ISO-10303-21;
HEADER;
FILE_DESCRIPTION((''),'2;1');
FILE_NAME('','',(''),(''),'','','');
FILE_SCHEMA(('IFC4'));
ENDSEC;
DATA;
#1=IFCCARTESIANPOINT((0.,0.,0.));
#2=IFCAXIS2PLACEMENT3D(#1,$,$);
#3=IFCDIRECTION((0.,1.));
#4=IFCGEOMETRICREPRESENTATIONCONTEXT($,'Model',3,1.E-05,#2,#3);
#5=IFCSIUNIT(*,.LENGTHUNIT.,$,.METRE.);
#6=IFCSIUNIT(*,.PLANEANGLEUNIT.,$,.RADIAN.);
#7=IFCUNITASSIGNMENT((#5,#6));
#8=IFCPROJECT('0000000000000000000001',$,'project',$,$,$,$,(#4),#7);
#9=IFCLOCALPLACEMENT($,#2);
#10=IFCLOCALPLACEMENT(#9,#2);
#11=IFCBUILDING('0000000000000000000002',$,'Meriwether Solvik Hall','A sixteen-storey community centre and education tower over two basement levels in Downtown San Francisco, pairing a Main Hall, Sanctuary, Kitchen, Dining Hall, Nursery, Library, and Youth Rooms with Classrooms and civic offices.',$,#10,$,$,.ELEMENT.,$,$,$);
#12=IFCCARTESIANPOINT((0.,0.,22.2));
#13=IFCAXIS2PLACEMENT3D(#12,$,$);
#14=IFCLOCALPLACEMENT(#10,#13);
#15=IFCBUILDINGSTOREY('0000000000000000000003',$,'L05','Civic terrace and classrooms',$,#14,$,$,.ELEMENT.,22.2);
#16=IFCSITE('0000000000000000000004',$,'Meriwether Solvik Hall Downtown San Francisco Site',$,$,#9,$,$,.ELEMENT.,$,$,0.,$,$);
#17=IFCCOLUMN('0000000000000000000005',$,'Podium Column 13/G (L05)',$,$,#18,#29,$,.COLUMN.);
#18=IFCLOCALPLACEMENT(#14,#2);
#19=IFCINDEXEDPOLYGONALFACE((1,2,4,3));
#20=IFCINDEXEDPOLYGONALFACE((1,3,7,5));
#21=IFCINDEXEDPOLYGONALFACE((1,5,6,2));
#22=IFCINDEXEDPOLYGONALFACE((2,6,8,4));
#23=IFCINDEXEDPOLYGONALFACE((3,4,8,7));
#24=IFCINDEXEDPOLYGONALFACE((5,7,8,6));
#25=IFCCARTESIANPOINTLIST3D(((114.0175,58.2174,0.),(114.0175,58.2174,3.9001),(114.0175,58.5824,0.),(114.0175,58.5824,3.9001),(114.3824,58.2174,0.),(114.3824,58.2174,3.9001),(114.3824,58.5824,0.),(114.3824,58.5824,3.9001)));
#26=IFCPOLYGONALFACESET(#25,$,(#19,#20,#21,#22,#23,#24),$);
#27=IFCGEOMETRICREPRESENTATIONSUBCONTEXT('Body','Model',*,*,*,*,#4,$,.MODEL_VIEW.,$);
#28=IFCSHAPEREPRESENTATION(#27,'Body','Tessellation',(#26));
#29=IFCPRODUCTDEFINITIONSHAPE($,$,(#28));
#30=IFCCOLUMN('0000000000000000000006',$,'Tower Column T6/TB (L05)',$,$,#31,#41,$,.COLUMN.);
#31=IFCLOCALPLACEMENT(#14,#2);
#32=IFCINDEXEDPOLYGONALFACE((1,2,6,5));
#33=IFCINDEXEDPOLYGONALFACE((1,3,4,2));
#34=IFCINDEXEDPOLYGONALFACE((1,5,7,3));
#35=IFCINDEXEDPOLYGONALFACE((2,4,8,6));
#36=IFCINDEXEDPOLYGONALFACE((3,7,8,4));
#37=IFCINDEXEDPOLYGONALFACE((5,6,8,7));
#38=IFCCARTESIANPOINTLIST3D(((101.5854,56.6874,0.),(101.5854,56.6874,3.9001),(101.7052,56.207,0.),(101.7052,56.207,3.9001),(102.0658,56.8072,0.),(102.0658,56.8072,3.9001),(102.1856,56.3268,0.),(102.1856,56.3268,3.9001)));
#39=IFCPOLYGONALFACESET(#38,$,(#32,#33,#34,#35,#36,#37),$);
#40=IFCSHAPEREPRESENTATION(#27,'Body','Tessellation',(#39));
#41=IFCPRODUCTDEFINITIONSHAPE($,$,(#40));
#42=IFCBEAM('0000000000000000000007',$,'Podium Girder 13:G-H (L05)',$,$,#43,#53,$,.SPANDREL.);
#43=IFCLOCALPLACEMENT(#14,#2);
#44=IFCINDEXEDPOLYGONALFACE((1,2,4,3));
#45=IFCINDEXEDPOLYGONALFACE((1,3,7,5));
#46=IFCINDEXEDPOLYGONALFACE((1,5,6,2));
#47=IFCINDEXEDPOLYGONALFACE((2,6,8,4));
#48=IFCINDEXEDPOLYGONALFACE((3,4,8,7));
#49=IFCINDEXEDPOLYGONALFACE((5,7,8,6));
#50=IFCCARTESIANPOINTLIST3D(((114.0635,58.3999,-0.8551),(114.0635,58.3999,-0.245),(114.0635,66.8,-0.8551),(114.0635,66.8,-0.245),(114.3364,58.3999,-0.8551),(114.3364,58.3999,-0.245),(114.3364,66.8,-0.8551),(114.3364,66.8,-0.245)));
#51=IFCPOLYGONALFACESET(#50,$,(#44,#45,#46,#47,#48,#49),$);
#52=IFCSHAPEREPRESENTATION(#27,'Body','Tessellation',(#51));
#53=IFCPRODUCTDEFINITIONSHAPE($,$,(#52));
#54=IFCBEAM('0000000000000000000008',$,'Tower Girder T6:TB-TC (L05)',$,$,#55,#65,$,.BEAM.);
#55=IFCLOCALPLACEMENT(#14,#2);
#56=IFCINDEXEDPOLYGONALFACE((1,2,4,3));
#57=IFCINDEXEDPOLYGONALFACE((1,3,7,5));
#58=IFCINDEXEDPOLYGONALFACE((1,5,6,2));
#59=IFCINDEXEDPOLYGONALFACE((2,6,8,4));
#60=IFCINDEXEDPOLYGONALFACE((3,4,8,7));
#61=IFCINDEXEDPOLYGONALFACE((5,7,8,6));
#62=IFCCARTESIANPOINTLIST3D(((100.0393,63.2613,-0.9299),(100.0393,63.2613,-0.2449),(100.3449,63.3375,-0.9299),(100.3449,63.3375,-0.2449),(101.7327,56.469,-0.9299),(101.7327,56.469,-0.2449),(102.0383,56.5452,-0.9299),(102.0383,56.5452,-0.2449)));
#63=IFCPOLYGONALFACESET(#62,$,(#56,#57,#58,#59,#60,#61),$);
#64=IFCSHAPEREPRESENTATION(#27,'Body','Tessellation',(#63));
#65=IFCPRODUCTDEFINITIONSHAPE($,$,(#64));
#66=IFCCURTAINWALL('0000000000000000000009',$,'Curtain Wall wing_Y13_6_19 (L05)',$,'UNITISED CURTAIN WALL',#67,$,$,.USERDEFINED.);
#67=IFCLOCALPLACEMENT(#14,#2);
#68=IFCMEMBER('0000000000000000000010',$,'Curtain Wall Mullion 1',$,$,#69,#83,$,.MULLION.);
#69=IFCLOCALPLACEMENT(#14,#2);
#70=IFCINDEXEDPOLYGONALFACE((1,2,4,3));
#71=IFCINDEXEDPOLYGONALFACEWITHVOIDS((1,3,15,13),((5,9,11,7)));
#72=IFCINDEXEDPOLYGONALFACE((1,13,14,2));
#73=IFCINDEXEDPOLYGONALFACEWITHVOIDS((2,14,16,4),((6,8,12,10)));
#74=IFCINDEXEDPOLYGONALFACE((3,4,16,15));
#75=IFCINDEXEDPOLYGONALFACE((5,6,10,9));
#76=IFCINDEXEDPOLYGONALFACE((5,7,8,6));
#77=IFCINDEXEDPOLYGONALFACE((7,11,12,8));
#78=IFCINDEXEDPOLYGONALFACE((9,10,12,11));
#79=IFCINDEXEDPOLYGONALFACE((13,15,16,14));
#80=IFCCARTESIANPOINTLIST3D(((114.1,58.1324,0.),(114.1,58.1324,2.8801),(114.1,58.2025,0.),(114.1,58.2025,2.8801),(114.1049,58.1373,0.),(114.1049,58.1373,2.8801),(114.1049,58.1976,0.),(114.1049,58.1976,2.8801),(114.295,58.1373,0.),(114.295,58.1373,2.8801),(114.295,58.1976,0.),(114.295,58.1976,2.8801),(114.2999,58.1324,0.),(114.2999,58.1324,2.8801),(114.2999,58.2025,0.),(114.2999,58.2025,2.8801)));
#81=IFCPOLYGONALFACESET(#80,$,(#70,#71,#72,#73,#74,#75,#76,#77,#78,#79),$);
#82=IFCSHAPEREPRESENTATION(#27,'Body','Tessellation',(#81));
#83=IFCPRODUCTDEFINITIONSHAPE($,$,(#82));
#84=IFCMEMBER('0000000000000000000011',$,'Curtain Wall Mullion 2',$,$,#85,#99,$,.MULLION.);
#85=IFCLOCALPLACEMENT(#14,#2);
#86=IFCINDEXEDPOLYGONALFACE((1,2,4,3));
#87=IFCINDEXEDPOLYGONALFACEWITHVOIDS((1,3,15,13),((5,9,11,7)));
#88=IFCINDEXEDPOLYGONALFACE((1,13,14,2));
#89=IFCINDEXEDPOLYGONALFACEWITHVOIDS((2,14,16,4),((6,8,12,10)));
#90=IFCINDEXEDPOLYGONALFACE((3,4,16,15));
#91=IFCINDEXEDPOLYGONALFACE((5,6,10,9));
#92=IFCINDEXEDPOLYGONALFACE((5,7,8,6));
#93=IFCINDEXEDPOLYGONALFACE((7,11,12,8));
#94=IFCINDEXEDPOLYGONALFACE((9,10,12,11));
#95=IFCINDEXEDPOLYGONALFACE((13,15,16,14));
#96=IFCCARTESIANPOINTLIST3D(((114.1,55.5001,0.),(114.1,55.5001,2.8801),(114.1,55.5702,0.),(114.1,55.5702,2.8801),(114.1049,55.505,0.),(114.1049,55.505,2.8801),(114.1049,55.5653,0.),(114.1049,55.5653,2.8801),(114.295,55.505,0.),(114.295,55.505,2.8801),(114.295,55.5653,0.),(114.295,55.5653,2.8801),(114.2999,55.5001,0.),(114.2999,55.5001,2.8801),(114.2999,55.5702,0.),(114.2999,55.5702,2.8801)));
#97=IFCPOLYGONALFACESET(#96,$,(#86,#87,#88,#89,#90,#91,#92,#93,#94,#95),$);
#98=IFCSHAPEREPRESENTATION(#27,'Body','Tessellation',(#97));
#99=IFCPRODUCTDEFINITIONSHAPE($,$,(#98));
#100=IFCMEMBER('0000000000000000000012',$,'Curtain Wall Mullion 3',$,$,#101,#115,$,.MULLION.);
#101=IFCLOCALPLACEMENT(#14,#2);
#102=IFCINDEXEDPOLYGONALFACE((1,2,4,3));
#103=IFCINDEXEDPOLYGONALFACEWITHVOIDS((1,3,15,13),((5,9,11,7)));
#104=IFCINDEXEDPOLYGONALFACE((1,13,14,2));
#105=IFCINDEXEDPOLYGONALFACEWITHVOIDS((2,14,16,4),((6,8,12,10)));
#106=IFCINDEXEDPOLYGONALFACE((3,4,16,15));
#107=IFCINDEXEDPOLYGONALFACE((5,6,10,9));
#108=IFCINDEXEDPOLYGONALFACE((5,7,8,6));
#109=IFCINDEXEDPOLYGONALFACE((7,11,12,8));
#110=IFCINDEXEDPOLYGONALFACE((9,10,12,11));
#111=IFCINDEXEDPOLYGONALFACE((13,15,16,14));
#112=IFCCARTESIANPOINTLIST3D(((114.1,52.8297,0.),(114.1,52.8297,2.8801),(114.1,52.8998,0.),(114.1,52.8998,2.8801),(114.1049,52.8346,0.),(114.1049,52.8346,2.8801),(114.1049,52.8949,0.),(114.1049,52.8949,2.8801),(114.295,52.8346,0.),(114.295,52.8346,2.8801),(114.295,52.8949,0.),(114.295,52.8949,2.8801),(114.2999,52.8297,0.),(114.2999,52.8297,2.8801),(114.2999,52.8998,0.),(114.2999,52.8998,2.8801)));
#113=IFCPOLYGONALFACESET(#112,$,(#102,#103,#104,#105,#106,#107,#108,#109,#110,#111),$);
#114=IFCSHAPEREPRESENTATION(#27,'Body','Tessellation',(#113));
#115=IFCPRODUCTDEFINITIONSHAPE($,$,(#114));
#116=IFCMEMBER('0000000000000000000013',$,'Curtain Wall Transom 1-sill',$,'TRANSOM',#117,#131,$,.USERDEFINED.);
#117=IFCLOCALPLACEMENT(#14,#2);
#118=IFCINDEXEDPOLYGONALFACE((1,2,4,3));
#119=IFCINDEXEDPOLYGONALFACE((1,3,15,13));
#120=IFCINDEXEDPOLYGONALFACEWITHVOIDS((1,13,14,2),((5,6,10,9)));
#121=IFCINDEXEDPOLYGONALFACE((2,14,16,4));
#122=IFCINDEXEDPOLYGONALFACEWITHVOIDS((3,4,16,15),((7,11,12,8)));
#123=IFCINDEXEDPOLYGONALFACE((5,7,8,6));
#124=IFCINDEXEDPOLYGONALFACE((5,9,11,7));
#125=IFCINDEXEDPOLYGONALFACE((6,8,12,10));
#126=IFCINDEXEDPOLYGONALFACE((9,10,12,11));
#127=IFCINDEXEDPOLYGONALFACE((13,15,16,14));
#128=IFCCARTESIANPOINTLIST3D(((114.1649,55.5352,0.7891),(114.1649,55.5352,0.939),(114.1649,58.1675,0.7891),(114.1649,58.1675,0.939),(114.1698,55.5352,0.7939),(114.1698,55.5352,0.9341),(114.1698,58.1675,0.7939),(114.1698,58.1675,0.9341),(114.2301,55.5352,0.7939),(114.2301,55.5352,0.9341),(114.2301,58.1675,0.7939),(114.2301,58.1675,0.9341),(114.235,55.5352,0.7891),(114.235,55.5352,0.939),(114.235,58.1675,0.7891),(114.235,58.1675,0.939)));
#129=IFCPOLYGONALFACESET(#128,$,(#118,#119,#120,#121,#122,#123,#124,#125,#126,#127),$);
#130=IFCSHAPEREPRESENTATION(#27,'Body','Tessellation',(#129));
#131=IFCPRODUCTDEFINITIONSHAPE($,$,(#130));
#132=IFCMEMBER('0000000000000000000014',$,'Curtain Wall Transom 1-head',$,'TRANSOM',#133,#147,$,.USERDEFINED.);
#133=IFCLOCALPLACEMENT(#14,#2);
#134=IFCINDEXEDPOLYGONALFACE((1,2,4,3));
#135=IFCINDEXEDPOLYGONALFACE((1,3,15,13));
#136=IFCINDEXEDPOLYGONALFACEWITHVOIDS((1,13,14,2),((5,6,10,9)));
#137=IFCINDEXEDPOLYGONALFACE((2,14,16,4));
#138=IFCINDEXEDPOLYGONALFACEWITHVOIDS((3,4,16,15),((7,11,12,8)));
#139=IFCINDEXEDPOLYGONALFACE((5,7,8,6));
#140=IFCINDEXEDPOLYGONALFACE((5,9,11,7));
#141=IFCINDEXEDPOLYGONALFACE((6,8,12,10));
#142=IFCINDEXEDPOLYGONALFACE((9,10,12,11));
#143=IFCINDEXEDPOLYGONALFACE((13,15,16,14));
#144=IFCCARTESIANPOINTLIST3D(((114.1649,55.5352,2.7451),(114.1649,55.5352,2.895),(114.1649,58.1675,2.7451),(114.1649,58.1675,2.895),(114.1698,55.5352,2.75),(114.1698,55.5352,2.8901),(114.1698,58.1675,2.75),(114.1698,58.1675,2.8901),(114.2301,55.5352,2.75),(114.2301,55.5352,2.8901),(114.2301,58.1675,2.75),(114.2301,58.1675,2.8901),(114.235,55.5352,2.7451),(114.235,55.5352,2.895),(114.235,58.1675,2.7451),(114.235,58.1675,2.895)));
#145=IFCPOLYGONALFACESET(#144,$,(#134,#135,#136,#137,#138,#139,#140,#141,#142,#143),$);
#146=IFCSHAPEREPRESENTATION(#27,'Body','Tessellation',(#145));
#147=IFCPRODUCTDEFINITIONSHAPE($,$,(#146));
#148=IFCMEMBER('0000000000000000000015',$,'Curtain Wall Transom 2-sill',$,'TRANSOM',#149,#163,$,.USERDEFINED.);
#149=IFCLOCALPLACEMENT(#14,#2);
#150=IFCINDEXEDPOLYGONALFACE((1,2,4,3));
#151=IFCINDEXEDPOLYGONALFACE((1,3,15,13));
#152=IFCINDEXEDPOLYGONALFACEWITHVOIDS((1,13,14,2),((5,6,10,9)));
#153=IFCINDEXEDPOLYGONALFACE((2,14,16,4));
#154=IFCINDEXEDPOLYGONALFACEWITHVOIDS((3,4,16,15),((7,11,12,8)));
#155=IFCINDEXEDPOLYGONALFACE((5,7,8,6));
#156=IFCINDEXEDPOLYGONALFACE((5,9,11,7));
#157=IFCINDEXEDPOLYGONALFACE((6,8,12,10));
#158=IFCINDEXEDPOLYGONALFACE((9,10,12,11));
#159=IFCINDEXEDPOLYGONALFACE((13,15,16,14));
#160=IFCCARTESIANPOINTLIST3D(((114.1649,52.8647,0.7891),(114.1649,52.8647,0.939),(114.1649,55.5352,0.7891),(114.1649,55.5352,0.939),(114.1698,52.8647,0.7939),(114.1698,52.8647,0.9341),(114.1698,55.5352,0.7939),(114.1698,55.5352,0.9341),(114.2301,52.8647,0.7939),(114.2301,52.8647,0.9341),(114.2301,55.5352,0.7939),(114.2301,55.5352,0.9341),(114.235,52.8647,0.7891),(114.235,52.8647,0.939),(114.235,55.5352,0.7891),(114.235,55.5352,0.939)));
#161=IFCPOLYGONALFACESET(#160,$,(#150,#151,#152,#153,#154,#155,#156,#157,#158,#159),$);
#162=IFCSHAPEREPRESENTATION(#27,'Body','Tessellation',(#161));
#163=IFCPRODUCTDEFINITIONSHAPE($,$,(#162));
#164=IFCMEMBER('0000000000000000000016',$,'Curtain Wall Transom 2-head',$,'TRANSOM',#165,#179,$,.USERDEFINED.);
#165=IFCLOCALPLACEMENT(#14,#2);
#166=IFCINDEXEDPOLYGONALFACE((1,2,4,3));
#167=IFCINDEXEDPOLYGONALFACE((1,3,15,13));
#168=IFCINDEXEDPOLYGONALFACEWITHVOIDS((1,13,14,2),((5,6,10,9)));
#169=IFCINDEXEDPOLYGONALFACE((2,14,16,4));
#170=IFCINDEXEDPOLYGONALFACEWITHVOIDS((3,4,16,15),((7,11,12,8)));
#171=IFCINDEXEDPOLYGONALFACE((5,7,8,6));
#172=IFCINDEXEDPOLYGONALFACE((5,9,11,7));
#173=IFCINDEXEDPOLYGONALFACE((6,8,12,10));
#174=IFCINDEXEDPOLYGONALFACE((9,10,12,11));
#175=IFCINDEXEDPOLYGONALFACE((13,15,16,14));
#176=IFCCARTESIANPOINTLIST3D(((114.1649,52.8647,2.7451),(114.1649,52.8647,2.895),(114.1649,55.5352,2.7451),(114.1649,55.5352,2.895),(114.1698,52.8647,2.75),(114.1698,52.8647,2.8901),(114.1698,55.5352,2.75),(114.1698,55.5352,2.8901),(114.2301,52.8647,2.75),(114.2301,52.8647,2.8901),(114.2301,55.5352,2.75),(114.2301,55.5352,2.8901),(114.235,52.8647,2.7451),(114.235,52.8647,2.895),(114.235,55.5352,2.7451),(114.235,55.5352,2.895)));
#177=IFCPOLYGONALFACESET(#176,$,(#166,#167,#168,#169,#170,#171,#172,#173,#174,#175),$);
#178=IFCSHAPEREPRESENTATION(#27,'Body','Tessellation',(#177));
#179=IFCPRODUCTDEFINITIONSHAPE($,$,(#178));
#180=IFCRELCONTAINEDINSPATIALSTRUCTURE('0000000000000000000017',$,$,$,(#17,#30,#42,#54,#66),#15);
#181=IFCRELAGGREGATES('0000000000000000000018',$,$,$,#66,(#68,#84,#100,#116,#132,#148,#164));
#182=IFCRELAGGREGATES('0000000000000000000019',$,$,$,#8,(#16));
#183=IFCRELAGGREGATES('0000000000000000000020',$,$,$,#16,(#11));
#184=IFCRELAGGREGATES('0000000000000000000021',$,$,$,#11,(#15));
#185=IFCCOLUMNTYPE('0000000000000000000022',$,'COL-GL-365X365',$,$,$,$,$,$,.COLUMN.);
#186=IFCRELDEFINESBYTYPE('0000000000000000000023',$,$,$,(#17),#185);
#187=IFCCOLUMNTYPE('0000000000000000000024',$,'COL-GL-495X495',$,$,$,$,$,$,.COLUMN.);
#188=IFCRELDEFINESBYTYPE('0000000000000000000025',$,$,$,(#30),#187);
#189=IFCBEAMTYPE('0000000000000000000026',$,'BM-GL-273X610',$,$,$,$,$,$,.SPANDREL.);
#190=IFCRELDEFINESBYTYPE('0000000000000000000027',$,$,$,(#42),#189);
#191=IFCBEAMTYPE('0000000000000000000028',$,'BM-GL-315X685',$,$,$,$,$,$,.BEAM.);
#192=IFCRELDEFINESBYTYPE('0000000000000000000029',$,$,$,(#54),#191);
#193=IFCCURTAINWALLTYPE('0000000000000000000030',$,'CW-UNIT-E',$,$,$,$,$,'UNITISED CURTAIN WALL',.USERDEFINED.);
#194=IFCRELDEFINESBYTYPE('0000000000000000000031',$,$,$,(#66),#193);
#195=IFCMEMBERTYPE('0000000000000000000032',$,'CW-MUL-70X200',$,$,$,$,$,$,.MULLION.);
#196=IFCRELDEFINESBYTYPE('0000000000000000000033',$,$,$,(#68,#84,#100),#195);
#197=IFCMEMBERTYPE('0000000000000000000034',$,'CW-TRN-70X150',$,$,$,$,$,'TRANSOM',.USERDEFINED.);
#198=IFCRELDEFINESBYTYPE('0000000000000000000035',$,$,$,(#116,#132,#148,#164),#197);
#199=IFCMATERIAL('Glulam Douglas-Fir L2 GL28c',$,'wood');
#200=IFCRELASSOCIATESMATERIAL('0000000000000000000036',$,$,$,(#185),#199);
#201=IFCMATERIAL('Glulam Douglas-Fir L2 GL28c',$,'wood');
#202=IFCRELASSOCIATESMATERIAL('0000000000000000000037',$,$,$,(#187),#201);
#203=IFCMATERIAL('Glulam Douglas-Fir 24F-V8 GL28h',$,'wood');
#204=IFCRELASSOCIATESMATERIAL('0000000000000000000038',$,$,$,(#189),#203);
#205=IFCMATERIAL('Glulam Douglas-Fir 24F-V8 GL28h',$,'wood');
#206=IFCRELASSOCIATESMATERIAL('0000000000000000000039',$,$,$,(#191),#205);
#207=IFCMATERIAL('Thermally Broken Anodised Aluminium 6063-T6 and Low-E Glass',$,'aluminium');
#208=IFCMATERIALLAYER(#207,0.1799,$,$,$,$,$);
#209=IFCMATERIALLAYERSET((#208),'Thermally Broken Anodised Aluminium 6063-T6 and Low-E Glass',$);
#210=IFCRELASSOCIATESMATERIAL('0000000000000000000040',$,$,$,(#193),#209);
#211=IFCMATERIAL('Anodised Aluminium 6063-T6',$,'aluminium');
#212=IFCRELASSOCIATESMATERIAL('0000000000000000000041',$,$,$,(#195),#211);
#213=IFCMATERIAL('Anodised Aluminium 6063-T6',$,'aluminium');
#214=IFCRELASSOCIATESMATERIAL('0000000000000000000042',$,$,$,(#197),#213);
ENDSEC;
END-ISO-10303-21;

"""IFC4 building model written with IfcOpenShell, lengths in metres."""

from ifc_helpers import new_model, si_unit, direction, frame, origin, origin_2d, place, context, subcontext, project, spatial, rectangle, hollow_rectangle, extrude, material, layer, layer_set, material_profile, profile_set, type_object, element, aggregate, save


model = new_model("IFC4")

# Units and contexts
model_context = context("Model", 3, precision=1e-05, world=origin(), true_north=direction((0.0, 1.0)))
body_context = subcontext(model_context, "Body", "Model", "MODEL_VIEW")
ifc_project = project(units=[si_unit("LENGTHUNIT", "METRE"), si_unit("PLANEANGLEUNIT", "RADIAN")], contexts=[model_context])

# Site, building, storey
site_placement = place(None, origin())
site = spatial("IfcSite", under=ifc_project, at=site_placement, Name="Meriwether Solvik Hall Downtown San Francisco Site", CompositionType="ELEMENT", RefElevation=0.0)
building_placement = place(site_placement, origin())
building = spatial("IfcBuilding", under=site, at=building_placement, Name="Meriwether Solvik Hall", Description="A sixteen-storey community centre and education tower over two basement levels in Downtown San Francisco, pairing a Main Hall, Sanctuary, Kitchen, Dining Hall, Nursery, Library, and Youth Rooms with Classrooms and civic offices.", CompositionType="ELEMENT")
storey_placement = place(building_placement, frame((0.0, 0.0, 22.2)))
storey = spatial("IfcBuildingStorey", under=building, at=storey_placement, Name="L05", Description="Civic terrace and classrooms", CompositionType="ELEMENT", Elevation=22.2)

# Columns
ifc_material_1 = material(Name="Glulam Douglas-Fir L2 GL28c", Category="wood")
ifc_material_profile_1 = material_profile(ifc_material_1, rectangle(XDim=0.365, YDim=0.365, at=origin_2d()), Name="GLC-365X365")
ifc_profile_set_1 = profile_set([ifc_material_profile_1], Name="Glulam Douglas-Fir L2 GL28c")
column_type_1 = type_object("IfcColumnType", Name="COL-GL-365X365", PredefinedType="COLUMN", material=ifc_profile_set_1)
column_1_placement = place(storey_placement, frame((114.2, 58.3999, 0.0), z_axis=(0.0, 0.0, 1.0), x_axis=(1.0, 0.0, 0.0)))
element("IfcColumn", 1, at=column_1_placement, inside=storey, type_object=column_type_1, Name="Podium Column 13/G (L05)", PredefinedType="COLUMN", context=body_context, shape_type="SweptSolid", body=[
    extrude(rectangle(XDim=0.365, YDim=0.365, at=origin_2d()), origin(), (0.0, 0.0, 1.0), 3.9001),
])
ifc_material_2 = material(Name="Glulam Douglas-Fir L2 GL28c", Category="wood")
ifc_material_profile_2 = material_profile(ifc_material_2, rectangle(XDim=0.4951, YDim=0.4951, at=origin_2d()), Name="GLC-495X495")
ifc_profile_set_2 = profile_set([ifc_material_profile_2], Name="Glulam Douglas-Fir L2 GL28c")
column_type_2 = type_object("IfcColumnType", Name="COL-GL-495X495", PredefinedType="COLUMN", material=ifc_profile_set_2)
column_2_placement = place(storey_placement, frame((101.8855, 56.5071, 0.0), z_axis=(0.0, 0.0, 1.0), x_axis=(0.970296, 0.241922, 0.0)))
element("IfcColumn", 2, at=column_2_placement, inside=storey, type_object=column_type_2, Name="Tower Column T6/TB (L05)", PredefinedType="COLUMN", context=body_context, shape_type="SweptSolid", body=[
    extrude(rectangle(XDim=0.4951, YDim=0.4951, at=origin_2d()), origin(), (0.0, 0.0, 1.0), 3.9001),
])

# Beams
ifc_material_3 = material(Name="Glulam Douglas-Fir 24F-V8 GL28h", Category="wood")
ifc_material_profile_3 = material_profile(ifc_material_3, rectangle(XDim=0.2729, YDim=0.6101, at=origin_2d()), Name="GLB-273X610")
ifc_profile_set_3 = profile_set([ifc_material_profile_3], Name="Glulam Douglas-Fir 24F-V8 GL28h")
beam_type_1 = type_object("IfcBeamType", Name="BM-GL-273X610", PredefinedType="SPANDREL", material=ifc_profile_set_3)
beam_1_placement = place(storey_placement, frame((114.2, 58.3999, -0.55), z_axis=(0.0, 1.0, 0.0), x_axis=(-1.0, 0.0, 0.0)))
element("IfcBeam", 3, at=beam_1_placement, inside=storey, type_object=beam_type_1, Name="Podium Girder 13:G-H (L05)", PredefinedType="SPANDREL", context=body_context, shape_type="SweptSolid", body=[
    extrude(rectangle(XDim=0.2729, YDim=0.6101, at=origin_2d()), origin(), (0.0, 0.0, 1.0), 8.4001),
])
ifc_material_4 = material(Name="Glulam Douglas-Fir 24F-V8 GL28h", Category="wood")
ifc_material_profile_4 = material_profile(ifc_material_4, rectangle(XDim=0.3149, YDim=0.6851, at=origin_2d()), Name="GLB-315X685")
ifc_profile_set_4 = profile_set([ifc_material_profile_4], Name="Glulam Douglas-Fir 24F-V8 GL28h")
beam_type_2 = type_object("IfcBeamType", Name="BM-GL-315X685", PredefinedType="BEAM", material=ifc_profile_set_4)
beam_2_placement = place(storey_placement, frame((101.8855, 56.5071, -0.5874), z_axis=(-0.241904, 0.9703, 0.0), x_axis=(-0.9703, -0.241904, 0.0)))
element("IfcBeam", 4, at=beam_2_placement, inside=storey, type_object=beam_type_2, Name="Tower Girder T6:TB-TC (L05)", PredefinedType="BEAM", context=body_context, shape_type="SweptSolid", body=[
    extrude(rectangle(XDim=0.3149, YDim=0.6851, at=origin_2d()), origin(), (0.0, 0.0, 1.0), 7.0002),
])

# Curtain wall, members
ifc_material_5 = material(Name="Thermally Broken Anodised Aluminium 6063-T6 and Low-E Glass", Category="aluminium")
ifc_layer_1 = layer(ifc_material_5, 0.1799)
ifc_layer_set_1 = layer_set([ifc_layer_1], Name="Thermally Broken Anodised Aluminium 6063-T6 and Low-E Glass")
curtain_wall_type = type_object("IfcCurtainWallType", Name="CW-UNIT-E", ElementType="UNITISED CURTAIN WALL", PredefinedType="USERDEFINED", material=ifc_layer_set_1)
curtain_wall_placement = place(storey_placement, origin())
curtain_wall = element("IfcCurtainWall", 5, at=curtain_wall_placement, inside=storey, type_object=curtain_wall_type, Name="Curtain Wall wing_Y13_6_19 (L05)", ObjectType="UNITISED CURTAIN WALL", PredefinedType="USERDEFINED")
ifc_material_6 = material(Name="Anodised Aluminium 6063-T6", Category="aluminium")
ifc_material_profile_5 = material_profile(ifc_material_6, hollow_rectangle(XDim=0.0701, YDim=0.2, WallThickness=0.0049, at=origin_2d()), Name="CWM-70X200")
ifc_profile_set_5 = profile_set([ifc_material_profile_5], Name="Anodised Aluminium 6063-T6")
member_type_1 = type_object("IfcMemberType", Name="CW-MUL-70X200", PredefinedType="MULLION", material=ifc_profile_set_5)
member_1_placement = place(storey_placement, frame((114.2, 58.1675, 0.0), z_axis=(0.0, 0.0, 1.0), x_axis=(0.0, -1.0, 0.0)))
member_1 = element("IfcMember", 6, at=member_1_placement, type_object=member_type_1, Name="Curtain Wall Mullion 1", PredefinedType="MULLION", context=body_context, shape_type="SweptSolid", body=[
    extrude(hollow_rectangle(XDim=0.0701, YDim=0.2, WallThickness=0.0049, at=origin_2d()), origin(), (0.0, 0.0, 1.0), 2.8801),
])
member_2_placement = place(storey_placement, frame((114.2, 55.5352, 0.0), z_axis=(0.0, 0.0, 1.0), x_axis=(0.0, -1.0, 0.0)))
member_2 = element("IfcMember", 7, at=member_2_placement, type_object=member_type_1, Name="Curtain Wall Mullion 2", PredefinedType="MULLION", context=body_context, shape_type="SweptSolid", body=[
    extrude(hollow_rectangle(XDim=0.0701, YDim=0.2, WallThickness=0.0049, at=origin_2d()), origin(), (0.0, 0.0, 1.0), 2.8801),
])
member_3_placement = place(storey_placement, frame((114.2, 52.8647, 0.0), z_axis=(0.0, 0.0, 1.0), x_axis=(0.0, -1.0, 0.0)))
member_3 = element("IfcMember", 8, at=member_3_placement, type_object=member_type_1, Name="Curtain Wall Mullion 3", PredefinedType="MULLION", context=body_context, shape_type="SweptSolid", body=[
    extrude(hollow_rectangle(XDim=0.0701, YDim=0.2, WallThickness=0.0049, at=origin_2d()), origin(), (0.0, 0.0, 1.0), 2.8801),
])
ifc_material_7 = material(Name="Anodised Aluminium 6063-T6", Category="aluminium")
ifc_material_profile_6 = material_profile(ifc_material_7, hollow_rectangle(XDim=0.0701, YDim=0.1499, WallThickness=0.0049, at=origin_2d()), Name="CWT-70X150")
ifc_profile_set_6 = profile_set([ifc_material_profile_6], Name="Anodised Aluminium 6063-T6")
member_type_2 = type_object("IfcMemberType", Name="CW-TRN-70X150", ElementType="TRANSOM", PredefinedType="USERDEFINED", material=ifc_profile_set_6)
member_4_placement = place(storey_placement, frame((114.2, 58.1675, 0.864), z_axis=(0.0, -1.0, 0.0), x_axis=(1.0, 0.0, 0.0)))
member_4 = element("IfcMember", 9, at=member_4_placement, type_object=member_type_2, Name="Curtain Wall Transom 1-sill", ObjectType="TRANSOM", PredefinedType="USERDEFINED", context=body_context, shape_type="SweptSolid", body=[
    extrude(hollow_rectangle(XDim=0.0701, YDim=0.1499, WallThickness=0.0049, at=origin_2d()), origin(), (0.0, 0.0, 1.0), 2.6323),
])
member_5_placement = place(storey_placement, frame((114.2, 58.1675, 2.8201), z_axis=(0.0, -1.0, 0.0), x_axis=(1.0, 0.0, 0.0)))
member_5 = element("IfcMember", 10, at=member_5_placement, type_object=member_type_2, Name="Curtain Wall Transom 1-head", ObjectType="TRANSOM", PredefinedType="USERDEFINED", context=body_context, shape_type="SweptSolid", body=[
    extrude(hollow_rectangle(XDim=0.0701, YDim=0.1499, WallThickness=0.0049, at=origin_2d()), origin(), (0.0, 0.0, 1.0), 2.6323),
])
member_6_placement = place(storey_placement, frame((114.2, 55.5352, 0.864), z_axis=(0.0, -1.0, 0.0), x_axis=(1.0, 0.0, 0.0)))
member_6 = element("IfcMember", 11, at=member_6_placement, type_object=member_type_2, Name="Curtain Wall Transom 2-sill", ObjectType="TRANSOM", PredefinedType="USERDEFINED", context=body_context, shape_type="SweptSolid", body=[
    extrude(hollow_rectangle(XDim=0.0701, YDim=0.1499, WallThickness=0.0049, at=origin_2d()), origin(), (0.0, 0.0, 1.0), 2.6704),
])
member_7_placement = place(storey_placement, frame((114.2, 55.5352, 2.8201), z_axis=(0.0, -1.0, 0.0), x_axis=(1.0, 0.0, 0.0)))
member_7 = element("IfcMember", 12, at=member_7_placement, type_object=member_type_2, Name="Curtain Wall Transom 2-head", ObjectType="TRANSOM", PredefinedType="USERDEFINED", context=body_context, shape_type="SweptSolid", body=[
    extrude(hollow_rectangle(XDim=0.0701, YDim=0.1499, WallThickness=0.0049, at=origin_2d()), origin(), (0.0, 0.0, 1.0), 2.6704),
])

aggregate(curtain_wall, [member_1, member_2, member_3, member_4, member_5, member_6, member_7])

save(model, "model.ifc")
